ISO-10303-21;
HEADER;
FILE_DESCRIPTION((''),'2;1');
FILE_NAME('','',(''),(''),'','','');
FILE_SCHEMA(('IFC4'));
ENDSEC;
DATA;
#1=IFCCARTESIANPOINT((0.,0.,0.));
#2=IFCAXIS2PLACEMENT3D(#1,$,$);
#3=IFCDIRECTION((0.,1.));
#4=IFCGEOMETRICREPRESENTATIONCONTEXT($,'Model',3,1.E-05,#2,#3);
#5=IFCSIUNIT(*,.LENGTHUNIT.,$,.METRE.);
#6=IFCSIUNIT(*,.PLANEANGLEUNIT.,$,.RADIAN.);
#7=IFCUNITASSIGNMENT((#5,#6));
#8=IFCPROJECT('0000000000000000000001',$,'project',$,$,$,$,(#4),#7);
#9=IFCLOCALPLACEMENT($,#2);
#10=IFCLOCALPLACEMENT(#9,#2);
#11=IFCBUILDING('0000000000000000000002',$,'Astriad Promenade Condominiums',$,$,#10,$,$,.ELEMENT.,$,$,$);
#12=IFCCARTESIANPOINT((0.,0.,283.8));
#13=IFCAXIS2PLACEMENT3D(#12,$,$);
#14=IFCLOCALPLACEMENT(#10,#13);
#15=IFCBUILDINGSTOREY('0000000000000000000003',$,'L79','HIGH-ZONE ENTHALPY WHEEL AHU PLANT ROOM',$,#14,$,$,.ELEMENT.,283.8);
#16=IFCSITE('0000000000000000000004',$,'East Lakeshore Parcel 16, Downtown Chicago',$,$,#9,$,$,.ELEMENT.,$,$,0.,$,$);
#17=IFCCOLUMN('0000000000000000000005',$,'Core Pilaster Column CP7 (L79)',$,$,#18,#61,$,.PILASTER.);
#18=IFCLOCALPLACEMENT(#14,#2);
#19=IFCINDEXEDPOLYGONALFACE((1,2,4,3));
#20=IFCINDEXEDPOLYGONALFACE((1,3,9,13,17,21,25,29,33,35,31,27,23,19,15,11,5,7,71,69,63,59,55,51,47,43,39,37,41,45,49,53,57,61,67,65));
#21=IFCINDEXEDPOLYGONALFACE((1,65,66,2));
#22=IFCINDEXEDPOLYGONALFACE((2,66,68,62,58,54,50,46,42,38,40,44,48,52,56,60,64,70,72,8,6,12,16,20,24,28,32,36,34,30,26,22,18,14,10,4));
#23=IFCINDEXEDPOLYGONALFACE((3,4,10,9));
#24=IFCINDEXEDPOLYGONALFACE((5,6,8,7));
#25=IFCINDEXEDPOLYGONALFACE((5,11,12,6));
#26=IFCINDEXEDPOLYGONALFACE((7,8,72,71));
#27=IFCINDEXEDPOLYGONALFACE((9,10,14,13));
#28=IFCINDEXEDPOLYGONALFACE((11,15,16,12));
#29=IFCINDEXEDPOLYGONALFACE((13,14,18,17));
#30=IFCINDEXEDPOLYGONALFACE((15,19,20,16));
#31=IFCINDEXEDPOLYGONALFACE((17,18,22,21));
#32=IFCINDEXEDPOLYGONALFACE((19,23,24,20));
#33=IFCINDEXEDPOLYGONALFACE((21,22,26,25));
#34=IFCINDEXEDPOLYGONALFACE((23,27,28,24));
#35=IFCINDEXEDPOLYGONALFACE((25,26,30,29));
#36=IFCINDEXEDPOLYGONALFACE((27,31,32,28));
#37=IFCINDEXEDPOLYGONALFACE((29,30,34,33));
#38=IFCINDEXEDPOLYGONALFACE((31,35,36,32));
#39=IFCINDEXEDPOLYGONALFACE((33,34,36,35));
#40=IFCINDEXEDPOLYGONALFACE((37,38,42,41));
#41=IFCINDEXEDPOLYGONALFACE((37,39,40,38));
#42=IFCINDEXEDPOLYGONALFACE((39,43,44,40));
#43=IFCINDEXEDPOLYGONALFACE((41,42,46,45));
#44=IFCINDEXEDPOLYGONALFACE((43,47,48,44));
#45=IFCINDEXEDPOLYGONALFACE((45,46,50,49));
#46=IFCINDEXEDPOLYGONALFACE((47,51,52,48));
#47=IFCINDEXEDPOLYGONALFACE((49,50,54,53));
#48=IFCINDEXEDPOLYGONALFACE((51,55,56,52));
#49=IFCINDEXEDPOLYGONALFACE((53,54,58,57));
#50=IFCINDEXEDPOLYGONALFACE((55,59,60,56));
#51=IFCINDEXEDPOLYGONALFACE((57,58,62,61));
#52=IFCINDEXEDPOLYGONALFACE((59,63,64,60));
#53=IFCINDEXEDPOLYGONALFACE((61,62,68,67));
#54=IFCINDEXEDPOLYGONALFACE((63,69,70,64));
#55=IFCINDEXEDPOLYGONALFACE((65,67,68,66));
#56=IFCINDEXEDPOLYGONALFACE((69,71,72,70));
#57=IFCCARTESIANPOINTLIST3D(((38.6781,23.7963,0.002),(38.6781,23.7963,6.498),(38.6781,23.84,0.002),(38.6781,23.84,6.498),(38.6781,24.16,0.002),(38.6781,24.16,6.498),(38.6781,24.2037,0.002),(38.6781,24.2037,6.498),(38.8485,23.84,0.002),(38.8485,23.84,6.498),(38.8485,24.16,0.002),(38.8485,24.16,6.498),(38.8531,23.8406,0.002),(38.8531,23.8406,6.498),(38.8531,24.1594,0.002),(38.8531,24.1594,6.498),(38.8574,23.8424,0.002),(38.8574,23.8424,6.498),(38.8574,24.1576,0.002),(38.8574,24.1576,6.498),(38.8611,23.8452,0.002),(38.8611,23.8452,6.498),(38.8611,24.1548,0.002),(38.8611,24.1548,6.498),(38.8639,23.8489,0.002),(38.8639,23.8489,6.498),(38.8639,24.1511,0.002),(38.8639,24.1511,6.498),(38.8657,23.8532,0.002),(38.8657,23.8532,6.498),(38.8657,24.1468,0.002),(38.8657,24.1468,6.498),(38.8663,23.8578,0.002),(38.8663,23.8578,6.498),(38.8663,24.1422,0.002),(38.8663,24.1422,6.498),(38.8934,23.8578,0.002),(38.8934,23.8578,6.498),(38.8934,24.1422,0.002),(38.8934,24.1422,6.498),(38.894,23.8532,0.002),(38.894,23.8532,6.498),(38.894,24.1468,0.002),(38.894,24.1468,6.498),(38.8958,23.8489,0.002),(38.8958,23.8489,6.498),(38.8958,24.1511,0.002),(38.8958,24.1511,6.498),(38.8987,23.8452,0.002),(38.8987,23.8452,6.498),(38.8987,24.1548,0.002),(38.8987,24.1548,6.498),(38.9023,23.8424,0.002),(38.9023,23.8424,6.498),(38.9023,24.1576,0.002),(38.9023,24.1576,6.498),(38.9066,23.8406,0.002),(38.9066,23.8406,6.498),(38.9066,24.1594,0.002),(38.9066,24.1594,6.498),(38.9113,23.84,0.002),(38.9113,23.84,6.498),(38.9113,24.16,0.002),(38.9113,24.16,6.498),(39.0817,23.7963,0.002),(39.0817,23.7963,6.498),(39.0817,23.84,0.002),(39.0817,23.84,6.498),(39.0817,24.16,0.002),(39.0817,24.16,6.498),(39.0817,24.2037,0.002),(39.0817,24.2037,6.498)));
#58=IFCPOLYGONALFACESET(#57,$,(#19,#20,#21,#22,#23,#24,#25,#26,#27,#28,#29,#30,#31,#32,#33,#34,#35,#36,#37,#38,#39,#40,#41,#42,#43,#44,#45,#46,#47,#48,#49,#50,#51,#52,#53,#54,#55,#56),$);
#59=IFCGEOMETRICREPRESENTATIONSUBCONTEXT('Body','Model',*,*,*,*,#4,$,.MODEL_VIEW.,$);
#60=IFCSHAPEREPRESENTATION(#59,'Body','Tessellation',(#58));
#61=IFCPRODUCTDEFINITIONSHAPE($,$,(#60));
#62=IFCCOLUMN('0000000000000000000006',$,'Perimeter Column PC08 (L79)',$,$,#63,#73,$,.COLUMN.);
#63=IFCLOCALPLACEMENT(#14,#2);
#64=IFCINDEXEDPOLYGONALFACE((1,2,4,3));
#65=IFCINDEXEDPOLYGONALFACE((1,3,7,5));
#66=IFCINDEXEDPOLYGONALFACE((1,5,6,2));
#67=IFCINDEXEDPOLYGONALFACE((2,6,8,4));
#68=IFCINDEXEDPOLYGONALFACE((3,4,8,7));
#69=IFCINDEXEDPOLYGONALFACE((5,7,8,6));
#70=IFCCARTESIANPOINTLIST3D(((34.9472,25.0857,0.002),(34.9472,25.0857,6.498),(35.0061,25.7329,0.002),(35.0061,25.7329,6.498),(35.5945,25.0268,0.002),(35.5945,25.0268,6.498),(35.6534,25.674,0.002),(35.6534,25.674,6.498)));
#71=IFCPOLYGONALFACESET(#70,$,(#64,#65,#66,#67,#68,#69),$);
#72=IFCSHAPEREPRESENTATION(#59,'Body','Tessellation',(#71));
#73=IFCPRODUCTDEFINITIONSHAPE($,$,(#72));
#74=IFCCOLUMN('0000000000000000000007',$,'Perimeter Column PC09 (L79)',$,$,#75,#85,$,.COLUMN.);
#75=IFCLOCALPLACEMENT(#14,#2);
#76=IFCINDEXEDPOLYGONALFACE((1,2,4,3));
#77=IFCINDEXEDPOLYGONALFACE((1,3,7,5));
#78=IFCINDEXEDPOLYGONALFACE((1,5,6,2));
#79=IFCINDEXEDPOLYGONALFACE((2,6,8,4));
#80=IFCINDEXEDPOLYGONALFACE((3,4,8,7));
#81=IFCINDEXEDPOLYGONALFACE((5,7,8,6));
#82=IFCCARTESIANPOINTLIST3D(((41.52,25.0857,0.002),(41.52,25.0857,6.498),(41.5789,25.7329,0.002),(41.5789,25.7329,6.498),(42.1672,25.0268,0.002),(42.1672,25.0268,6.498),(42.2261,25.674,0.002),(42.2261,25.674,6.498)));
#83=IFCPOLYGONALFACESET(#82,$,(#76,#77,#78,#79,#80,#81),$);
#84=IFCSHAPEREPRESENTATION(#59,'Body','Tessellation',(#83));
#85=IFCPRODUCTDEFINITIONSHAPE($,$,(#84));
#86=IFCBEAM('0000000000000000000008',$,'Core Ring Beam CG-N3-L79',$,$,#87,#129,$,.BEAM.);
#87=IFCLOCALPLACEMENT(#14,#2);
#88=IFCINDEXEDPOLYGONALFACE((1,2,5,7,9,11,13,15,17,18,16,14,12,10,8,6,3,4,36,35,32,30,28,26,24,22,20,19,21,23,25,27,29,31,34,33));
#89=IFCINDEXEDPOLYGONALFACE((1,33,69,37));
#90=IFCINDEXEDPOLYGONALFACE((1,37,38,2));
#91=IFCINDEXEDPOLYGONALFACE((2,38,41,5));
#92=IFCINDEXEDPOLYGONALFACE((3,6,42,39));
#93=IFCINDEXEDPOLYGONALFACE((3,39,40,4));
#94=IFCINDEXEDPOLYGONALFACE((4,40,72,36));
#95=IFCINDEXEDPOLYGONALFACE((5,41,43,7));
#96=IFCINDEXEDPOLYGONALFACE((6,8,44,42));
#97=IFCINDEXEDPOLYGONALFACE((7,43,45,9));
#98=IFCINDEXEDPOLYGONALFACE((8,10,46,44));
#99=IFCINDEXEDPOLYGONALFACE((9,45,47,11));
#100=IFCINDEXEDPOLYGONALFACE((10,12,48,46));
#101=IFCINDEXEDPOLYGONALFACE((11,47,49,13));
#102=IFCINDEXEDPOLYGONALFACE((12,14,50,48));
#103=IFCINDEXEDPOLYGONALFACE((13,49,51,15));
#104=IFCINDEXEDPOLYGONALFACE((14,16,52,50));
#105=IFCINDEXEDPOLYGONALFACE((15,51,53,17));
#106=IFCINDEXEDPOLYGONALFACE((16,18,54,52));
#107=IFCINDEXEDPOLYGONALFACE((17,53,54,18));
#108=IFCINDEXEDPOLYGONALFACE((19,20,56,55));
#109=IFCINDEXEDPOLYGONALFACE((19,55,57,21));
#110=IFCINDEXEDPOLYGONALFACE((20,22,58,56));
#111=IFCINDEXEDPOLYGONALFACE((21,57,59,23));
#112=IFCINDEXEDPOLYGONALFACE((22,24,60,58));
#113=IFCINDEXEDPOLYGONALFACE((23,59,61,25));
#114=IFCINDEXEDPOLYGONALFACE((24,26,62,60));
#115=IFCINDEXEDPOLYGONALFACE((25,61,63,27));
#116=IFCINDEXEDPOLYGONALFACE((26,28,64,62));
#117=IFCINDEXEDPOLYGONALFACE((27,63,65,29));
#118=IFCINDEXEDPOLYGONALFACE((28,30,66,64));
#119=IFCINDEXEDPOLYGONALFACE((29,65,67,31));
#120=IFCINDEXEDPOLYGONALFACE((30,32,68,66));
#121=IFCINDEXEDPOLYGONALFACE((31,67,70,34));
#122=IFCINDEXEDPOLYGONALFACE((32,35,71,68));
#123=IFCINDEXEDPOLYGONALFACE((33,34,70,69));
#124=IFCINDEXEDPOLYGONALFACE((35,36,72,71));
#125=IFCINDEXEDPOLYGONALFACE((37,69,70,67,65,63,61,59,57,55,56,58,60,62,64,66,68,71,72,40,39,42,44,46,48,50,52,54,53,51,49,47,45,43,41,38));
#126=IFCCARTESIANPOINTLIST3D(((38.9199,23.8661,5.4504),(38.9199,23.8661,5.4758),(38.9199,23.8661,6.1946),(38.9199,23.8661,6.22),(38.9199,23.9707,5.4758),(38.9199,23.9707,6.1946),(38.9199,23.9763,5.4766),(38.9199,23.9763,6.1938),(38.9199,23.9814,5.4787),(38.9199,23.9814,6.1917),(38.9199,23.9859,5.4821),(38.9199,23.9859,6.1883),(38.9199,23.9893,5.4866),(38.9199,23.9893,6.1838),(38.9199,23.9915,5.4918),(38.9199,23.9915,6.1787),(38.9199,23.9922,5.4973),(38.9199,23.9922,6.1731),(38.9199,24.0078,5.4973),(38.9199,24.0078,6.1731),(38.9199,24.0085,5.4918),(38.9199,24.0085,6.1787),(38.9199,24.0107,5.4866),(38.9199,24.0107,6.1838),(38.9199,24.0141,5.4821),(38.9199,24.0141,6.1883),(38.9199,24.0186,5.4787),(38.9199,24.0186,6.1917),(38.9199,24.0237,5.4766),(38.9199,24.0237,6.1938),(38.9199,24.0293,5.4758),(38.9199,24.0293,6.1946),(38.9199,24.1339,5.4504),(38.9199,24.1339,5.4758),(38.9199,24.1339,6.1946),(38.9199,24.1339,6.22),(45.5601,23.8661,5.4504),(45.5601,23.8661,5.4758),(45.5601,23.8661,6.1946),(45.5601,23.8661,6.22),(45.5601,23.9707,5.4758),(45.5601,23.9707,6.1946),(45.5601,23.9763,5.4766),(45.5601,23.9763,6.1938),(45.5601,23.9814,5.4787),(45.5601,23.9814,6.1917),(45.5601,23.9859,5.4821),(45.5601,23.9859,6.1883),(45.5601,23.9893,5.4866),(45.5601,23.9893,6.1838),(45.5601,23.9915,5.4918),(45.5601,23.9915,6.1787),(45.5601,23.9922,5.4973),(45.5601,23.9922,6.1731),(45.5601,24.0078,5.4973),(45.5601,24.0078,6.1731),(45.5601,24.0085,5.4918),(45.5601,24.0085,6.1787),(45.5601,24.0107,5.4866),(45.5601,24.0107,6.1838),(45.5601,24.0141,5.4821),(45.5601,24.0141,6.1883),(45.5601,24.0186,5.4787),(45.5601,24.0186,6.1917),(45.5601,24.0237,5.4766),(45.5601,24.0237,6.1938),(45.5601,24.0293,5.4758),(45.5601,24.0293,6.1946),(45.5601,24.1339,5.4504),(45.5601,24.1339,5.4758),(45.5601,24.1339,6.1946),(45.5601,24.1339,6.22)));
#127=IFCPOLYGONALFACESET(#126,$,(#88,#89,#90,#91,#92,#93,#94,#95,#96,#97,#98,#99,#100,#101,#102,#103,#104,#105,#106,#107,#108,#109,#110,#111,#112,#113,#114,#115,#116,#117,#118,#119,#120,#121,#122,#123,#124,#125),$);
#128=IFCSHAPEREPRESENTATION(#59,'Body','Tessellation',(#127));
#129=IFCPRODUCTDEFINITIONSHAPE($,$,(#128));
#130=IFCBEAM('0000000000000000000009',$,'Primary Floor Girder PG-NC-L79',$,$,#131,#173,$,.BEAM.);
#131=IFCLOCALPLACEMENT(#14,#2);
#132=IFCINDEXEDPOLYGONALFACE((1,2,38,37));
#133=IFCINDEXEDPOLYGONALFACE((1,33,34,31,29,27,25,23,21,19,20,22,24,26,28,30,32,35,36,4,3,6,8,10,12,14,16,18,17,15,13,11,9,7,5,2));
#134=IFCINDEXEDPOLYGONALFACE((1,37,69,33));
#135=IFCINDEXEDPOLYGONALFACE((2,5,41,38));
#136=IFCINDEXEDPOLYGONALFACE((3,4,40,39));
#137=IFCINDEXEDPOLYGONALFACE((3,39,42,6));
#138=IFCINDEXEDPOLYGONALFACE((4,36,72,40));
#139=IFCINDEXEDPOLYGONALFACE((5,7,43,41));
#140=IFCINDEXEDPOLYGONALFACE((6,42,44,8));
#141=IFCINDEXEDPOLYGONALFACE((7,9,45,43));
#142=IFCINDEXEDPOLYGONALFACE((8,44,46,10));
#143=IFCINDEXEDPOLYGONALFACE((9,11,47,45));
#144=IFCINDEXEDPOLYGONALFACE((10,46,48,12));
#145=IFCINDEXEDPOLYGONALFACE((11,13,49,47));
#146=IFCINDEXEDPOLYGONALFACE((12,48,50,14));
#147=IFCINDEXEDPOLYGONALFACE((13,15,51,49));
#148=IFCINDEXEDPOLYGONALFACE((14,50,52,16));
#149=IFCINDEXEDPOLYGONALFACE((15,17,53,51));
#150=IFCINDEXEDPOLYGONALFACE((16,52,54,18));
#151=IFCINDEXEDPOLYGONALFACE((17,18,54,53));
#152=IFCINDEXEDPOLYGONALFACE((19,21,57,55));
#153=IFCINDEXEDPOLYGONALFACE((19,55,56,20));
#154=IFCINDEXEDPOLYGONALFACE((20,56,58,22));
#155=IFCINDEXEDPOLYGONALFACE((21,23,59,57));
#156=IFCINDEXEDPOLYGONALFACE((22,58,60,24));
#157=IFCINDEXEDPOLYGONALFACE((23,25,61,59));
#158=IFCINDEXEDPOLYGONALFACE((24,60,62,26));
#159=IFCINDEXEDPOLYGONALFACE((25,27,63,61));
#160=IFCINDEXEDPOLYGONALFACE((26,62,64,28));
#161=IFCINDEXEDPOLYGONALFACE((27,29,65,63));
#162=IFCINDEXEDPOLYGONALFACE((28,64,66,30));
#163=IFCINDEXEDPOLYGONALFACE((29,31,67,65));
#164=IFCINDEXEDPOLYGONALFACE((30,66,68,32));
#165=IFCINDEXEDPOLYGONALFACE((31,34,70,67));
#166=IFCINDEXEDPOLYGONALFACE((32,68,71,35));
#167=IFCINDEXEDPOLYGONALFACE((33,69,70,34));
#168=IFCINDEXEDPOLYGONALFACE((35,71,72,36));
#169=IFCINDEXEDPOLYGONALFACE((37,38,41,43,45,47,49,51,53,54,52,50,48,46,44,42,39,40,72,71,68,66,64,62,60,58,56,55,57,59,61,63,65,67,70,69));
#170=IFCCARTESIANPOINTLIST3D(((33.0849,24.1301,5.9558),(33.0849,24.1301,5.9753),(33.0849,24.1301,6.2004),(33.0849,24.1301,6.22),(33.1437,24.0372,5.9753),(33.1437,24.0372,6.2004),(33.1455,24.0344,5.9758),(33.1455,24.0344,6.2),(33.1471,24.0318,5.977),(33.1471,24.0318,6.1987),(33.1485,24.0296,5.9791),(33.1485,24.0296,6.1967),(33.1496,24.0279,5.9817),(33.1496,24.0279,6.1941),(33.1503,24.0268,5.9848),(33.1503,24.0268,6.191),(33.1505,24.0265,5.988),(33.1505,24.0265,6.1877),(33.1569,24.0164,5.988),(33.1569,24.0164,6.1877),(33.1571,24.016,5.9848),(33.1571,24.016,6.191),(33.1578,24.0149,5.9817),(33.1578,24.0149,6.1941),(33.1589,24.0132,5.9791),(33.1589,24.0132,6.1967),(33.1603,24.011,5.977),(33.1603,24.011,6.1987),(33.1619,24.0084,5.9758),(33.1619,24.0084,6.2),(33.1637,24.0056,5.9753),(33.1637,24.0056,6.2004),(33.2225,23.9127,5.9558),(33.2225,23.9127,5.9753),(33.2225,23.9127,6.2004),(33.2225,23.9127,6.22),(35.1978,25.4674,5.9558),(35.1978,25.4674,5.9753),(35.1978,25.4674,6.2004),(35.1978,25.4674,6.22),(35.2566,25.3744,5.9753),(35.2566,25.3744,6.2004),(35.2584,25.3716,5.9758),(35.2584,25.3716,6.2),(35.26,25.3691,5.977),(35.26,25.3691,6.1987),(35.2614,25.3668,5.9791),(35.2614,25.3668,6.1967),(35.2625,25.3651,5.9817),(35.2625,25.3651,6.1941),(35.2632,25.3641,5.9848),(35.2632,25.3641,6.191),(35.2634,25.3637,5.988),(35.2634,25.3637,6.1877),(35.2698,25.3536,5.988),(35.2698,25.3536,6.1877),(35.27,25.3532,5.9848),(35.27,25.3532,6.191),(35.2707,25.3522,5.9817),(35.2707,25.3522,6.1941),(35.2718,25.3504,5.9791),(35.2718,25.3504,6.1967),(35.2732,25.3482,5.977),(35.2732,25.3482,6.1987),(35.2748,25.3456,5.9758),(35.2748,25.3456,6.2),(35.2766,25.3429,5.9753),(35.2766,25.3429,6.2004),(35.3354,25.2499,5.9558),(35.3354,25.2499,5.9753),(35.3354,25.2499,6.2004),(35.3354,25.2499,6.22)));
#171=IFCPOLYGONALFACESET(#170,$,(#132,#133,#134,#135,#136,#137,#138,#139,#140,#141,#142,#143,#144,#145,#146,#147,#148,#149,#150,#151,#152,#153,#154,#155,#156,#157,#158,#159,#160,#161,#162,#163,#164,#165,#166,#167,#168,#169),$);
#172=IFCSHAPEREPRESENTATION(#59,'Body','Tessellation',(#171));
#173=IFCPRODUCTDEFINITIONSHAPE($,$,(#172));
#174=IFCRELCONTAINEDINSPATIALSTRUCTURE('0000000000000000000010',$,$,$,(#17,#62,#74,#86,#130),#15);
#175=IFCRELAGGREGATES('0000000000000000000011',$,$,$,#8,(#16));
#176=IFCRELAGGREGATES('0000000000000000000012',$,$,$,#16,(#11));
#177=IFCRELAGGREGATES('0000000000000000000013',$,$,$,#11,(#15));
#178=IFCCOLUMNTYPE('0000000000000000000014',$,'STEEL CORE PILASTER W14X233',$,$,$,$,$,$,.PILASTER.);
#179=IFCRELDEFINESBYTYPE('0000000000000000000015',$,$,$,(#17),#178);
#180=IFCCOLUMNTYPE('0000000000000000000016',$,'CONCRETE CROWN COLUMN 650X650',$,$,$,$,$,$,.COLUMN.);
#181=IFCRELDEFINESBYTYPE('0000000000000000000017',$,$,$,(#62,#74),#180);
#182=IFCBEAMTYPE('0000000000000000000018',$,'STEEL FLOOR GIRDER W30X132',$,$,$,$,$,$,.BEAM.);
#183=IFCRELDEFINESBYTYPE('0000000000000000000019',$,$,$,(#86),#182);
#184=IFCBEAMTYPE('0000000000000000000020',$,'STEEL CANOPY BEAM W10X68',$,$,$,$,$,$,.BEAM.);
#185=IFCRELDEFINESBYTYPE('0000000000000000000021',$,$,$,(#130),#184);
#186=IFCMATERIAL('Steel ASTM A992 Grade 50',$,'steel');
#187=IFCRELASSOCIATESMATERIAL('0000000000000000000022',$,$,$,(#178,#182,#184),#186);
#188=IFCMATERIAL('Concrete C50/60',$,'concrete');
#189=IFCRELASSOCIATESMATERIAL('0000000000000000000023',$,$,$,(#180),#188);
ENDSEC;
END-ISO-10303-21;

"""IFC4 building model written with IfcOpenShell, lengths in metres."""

from ifc_helpers import new_model, si_unit, direction, frame, origin, origin_2d, place, context, subcontext, project, spatial, rectangle, i_section, extrude, source, transform, mapped, material, material_profile, profile_set, type_object, type_shapes, element, save


model = new_model("IFC4")

# Units and contexts
model_context = context("Model", 3, precision=1e-05, world=origin(), true_north=direction((0.0, 1.0)))
body_context = subcontext(model_context, "Body", "Model", "MODEL_VIEW")
ifc_project = project(units=[si_unit("LENGTHUNIT", "METRE"), si_unit("PLANEANGLEUNIT", "RADIAN")], contexts=[model_context])

# Site, building, storey
site_placement = place(None, origin())
site = spatial("IfcSite", under=ifc_project, at=site_placement, Name="East Lakeshore Parcel 16, Downtown Chicago", CompositionType="ELEMENT", RefElevation=0.0)
building_placement = place(site_placement, origin())
building = spatial("IfcBuilding", under=site, at=building_placement, Name="Astriad Promenade Condominiums", CompositionType="ELEMENT")
storey_placement = place(building_placement, frame((0.0, 0.0, 283.8)))
storey = spatial("IfcBuildingStorey", under=building, at=storey_placement, Name="L79", Description="HIGH-ZONE ENTHALPY WHEEL AHU PLANT ROOM", CompositionType="ELEMENT", Elevation=283.8)

# Columns
ifc_material_1 = material(Name="Steel ASTM A992 Grade 50", Category="steel")
ifc_material_profile_1 = material_profile(ifc_material_1, i_section(OverallWidth=0.4036, OverallDepth=0.4075, WebThickness=0.0271, FlangeThickness=0.0437, FilletRadius=0.0178, at=origin_2d()), Name="W14X233")
ifc_profile_set_1 = profile_set([ifc_material_profile_1], Name="Steel ASTM A992 Grade 50")
column_type_1 = type_object("IfcColumnType", Name="STEEL CORE PILASTER W14X233", PredefinedType="PILASTER", material=ifc_profile_set_1)
shared_shape_1 = source(origin(), body_context, "Body", "SweptSolid", [
    extrude(i_section(OverallWidth=0.4036, OverallDepth=0.4075, WebThickness=0.0271, FlangeThickness=0.0437, FilletRadius=0.0178, at=origin_2d()), origin(), (0.0, 0.0, 1.0), 6.4961),
])
type_shapes(column_type_1, [shared_shape_1])
column_placement = place(storey_placement, frame((38.8799, 24.0, 0.002), z_axis=(0.0, 0.0, 1.0), x_axis=(1.0, 0.0, 0.0)))
element("IfcColumn", 1, at=column_placement, inside=storey, type_object=column_type_1, Name="Core Pilaster Column CP7 (L79)", PredefinedType="PILASTER", context=body_context, shape_type="MappedRepresentation", body=[
    mapped(shared_shape_1, transform((0.0, 0.0, 0.0), scale=1.0)),
])
ifc_material_2 = material(Name="Concrete C50/60", Category="concrete")
ifc_material_profile_2 = material_profile(ifc_material_2, rectangle(XDim=0.6499, YDim=0.6499, at=origin_2d()), Name="RC-COL-650X650")
ifc_profile_set_2 = profile_set([ifc_material_profile_2], Name="Concrete C50/60")
column_type_2 = type_object("IfcColumnType", Name="CONCRETE CROWN COLUMN 650X650", PredefinedType="COLUMN", material=ifc_profile_set_2)
shared_shape_2 = source(origin(), body_context, "Body", "SweptSolid", [
    extrude(rectangle(XDim=0.6499, YDim=0.6499, at=origin_2d()), origin(), (0.0, 0.0, 1.0), 6.4961),
])
type_shapes(column_type_2, [shared_shape_2])
for number, where, z_axis, x_axis, name in (
    (2, (35.3003, 25.3799, 0.002), (0.0, 0.0, 1.0), (0.995884, -0.090633, 0.0), "Perimeter Column PC08 (L79)"),
    (3, (41.873, 25.3799, 0.002), (0.0, 0.0, 1.0), (0.995884, -0.090633, 0.0), "Perimeter Column PC09 (L79)"),
):
    element("IfcColumn", number, at=place(storey_placement, frame(where, z_axis=z_axis, x_axis=x_axis)), inside=storey, type_object=column_type_2, Name=name, PredefinedType="COLUMN", context=body_context, shape_type="MappedRepresentation", body=[
        mapped(shared_shape_2, transform((0.0, 0.0, 0.0), scale=1.0)),
    ])

# Beams
ifc_material_profile_3 = material_profile(ifc_material_1, i_section(OverallWidth=0.2678, OverallDepth=0.7695, WebThickness=0.0156, FlangeThickness=0.0254, FilletRadius=0.0215, at=origin_2d()), Name="W30X132")
ifc_profile_set_3 = profile_set([ifc_material_profile_3], Name="Steel ASTM A992 Grade 50")
beam_type_1 = type_object("IfcBeamType", Name="STEEL FLOOR GIRDER W30X132", PredefinedType="BEAM", material=ifc_profile_set_3)
shared_shape_3 = source(origin(), body_context, "Body", "SweptSolid", [
    extrude(i_section(OverallWidth=0.2678, OverallDepth=0.7695, WebThickness=0.0156, FlangeThickness=0.0254, FilletRadius=0.0215, at=origin_2d()), origin(), (0.0, 0.0, 1.0), 6.6401),
])
type_shapes(beam_type_1, [shared_shape_3])
beam_1_placement = place(storey_placement, frame((38.9199, 24.0, 5.8352), z_axis=(1.0, 0.0, 0.0), x_axis=(0.0, 1.0, 0.0)))
element("IfcBeam", 4, at=beam_1_placement, inside=storey, type_object=beam_type_1, Name="Core Ring Beam CG-N3-L79", PredefinedType="BEAM", context=body_context, shape_type="MappedRepresentation", body=[
    mapped(shared_shape_3, transform((0.0, 0.0, 0.0), scale=1.0)),
])
ifc_material_profile_4 = material_profile(ifc_material_1, i_section(OverallWidth=0.2573, OverallDepth=0.2642, WebThickness=0.012, FlangeThickness=0.0195, FilletRadius=0.0127, at=origin_2d()), Name="W10X68")
ifc_profile_set_4 = profile_set([ifc_material_profile_4], Name="Steel ASTM A992 Grade 50")
beam_type_2 = type_object("IfcBeamType", Name="STEEL CANOPY BEAM W10X68", PredefinedType="BEAM", material=ifc_profile_set_4)
shared_shape_4 = source(origin(), body_context, "Body", "SweptSolid", [
    extrude(i_section(OverallWidth=0.2573, OverallDepth=0.2642, WebThickness=0.012, FlangeThickness=0.0195, FilletRadius=0.0127, at=origin_2d()), origin(), (0.0, 0.0, 1.0), 2.5005),
])
type_shapes(beam_type_2, [shared_shape_4])
beam_2_placement = place(storey_placement, frame((35.2666, 25.3586, 6.0879), z_axis=(-0.84499, -0.534783, 0.0), x_axis=(0.534783, -0.84499, 0.0)))
element("IfcBeam", 5, at=beam_2_placement, inside=storey, type_object=beam_type_2, Name="Primary Floor Girder PG-NC-L79", PredefinedType="BEAM", context=body_context, shape_type="MappedRepresentation", body=[
    mapped(shared_shape_4, transform((0.0, 0.0, 0.0), scale=1.0)),
])

save(model, "model.ifc")
